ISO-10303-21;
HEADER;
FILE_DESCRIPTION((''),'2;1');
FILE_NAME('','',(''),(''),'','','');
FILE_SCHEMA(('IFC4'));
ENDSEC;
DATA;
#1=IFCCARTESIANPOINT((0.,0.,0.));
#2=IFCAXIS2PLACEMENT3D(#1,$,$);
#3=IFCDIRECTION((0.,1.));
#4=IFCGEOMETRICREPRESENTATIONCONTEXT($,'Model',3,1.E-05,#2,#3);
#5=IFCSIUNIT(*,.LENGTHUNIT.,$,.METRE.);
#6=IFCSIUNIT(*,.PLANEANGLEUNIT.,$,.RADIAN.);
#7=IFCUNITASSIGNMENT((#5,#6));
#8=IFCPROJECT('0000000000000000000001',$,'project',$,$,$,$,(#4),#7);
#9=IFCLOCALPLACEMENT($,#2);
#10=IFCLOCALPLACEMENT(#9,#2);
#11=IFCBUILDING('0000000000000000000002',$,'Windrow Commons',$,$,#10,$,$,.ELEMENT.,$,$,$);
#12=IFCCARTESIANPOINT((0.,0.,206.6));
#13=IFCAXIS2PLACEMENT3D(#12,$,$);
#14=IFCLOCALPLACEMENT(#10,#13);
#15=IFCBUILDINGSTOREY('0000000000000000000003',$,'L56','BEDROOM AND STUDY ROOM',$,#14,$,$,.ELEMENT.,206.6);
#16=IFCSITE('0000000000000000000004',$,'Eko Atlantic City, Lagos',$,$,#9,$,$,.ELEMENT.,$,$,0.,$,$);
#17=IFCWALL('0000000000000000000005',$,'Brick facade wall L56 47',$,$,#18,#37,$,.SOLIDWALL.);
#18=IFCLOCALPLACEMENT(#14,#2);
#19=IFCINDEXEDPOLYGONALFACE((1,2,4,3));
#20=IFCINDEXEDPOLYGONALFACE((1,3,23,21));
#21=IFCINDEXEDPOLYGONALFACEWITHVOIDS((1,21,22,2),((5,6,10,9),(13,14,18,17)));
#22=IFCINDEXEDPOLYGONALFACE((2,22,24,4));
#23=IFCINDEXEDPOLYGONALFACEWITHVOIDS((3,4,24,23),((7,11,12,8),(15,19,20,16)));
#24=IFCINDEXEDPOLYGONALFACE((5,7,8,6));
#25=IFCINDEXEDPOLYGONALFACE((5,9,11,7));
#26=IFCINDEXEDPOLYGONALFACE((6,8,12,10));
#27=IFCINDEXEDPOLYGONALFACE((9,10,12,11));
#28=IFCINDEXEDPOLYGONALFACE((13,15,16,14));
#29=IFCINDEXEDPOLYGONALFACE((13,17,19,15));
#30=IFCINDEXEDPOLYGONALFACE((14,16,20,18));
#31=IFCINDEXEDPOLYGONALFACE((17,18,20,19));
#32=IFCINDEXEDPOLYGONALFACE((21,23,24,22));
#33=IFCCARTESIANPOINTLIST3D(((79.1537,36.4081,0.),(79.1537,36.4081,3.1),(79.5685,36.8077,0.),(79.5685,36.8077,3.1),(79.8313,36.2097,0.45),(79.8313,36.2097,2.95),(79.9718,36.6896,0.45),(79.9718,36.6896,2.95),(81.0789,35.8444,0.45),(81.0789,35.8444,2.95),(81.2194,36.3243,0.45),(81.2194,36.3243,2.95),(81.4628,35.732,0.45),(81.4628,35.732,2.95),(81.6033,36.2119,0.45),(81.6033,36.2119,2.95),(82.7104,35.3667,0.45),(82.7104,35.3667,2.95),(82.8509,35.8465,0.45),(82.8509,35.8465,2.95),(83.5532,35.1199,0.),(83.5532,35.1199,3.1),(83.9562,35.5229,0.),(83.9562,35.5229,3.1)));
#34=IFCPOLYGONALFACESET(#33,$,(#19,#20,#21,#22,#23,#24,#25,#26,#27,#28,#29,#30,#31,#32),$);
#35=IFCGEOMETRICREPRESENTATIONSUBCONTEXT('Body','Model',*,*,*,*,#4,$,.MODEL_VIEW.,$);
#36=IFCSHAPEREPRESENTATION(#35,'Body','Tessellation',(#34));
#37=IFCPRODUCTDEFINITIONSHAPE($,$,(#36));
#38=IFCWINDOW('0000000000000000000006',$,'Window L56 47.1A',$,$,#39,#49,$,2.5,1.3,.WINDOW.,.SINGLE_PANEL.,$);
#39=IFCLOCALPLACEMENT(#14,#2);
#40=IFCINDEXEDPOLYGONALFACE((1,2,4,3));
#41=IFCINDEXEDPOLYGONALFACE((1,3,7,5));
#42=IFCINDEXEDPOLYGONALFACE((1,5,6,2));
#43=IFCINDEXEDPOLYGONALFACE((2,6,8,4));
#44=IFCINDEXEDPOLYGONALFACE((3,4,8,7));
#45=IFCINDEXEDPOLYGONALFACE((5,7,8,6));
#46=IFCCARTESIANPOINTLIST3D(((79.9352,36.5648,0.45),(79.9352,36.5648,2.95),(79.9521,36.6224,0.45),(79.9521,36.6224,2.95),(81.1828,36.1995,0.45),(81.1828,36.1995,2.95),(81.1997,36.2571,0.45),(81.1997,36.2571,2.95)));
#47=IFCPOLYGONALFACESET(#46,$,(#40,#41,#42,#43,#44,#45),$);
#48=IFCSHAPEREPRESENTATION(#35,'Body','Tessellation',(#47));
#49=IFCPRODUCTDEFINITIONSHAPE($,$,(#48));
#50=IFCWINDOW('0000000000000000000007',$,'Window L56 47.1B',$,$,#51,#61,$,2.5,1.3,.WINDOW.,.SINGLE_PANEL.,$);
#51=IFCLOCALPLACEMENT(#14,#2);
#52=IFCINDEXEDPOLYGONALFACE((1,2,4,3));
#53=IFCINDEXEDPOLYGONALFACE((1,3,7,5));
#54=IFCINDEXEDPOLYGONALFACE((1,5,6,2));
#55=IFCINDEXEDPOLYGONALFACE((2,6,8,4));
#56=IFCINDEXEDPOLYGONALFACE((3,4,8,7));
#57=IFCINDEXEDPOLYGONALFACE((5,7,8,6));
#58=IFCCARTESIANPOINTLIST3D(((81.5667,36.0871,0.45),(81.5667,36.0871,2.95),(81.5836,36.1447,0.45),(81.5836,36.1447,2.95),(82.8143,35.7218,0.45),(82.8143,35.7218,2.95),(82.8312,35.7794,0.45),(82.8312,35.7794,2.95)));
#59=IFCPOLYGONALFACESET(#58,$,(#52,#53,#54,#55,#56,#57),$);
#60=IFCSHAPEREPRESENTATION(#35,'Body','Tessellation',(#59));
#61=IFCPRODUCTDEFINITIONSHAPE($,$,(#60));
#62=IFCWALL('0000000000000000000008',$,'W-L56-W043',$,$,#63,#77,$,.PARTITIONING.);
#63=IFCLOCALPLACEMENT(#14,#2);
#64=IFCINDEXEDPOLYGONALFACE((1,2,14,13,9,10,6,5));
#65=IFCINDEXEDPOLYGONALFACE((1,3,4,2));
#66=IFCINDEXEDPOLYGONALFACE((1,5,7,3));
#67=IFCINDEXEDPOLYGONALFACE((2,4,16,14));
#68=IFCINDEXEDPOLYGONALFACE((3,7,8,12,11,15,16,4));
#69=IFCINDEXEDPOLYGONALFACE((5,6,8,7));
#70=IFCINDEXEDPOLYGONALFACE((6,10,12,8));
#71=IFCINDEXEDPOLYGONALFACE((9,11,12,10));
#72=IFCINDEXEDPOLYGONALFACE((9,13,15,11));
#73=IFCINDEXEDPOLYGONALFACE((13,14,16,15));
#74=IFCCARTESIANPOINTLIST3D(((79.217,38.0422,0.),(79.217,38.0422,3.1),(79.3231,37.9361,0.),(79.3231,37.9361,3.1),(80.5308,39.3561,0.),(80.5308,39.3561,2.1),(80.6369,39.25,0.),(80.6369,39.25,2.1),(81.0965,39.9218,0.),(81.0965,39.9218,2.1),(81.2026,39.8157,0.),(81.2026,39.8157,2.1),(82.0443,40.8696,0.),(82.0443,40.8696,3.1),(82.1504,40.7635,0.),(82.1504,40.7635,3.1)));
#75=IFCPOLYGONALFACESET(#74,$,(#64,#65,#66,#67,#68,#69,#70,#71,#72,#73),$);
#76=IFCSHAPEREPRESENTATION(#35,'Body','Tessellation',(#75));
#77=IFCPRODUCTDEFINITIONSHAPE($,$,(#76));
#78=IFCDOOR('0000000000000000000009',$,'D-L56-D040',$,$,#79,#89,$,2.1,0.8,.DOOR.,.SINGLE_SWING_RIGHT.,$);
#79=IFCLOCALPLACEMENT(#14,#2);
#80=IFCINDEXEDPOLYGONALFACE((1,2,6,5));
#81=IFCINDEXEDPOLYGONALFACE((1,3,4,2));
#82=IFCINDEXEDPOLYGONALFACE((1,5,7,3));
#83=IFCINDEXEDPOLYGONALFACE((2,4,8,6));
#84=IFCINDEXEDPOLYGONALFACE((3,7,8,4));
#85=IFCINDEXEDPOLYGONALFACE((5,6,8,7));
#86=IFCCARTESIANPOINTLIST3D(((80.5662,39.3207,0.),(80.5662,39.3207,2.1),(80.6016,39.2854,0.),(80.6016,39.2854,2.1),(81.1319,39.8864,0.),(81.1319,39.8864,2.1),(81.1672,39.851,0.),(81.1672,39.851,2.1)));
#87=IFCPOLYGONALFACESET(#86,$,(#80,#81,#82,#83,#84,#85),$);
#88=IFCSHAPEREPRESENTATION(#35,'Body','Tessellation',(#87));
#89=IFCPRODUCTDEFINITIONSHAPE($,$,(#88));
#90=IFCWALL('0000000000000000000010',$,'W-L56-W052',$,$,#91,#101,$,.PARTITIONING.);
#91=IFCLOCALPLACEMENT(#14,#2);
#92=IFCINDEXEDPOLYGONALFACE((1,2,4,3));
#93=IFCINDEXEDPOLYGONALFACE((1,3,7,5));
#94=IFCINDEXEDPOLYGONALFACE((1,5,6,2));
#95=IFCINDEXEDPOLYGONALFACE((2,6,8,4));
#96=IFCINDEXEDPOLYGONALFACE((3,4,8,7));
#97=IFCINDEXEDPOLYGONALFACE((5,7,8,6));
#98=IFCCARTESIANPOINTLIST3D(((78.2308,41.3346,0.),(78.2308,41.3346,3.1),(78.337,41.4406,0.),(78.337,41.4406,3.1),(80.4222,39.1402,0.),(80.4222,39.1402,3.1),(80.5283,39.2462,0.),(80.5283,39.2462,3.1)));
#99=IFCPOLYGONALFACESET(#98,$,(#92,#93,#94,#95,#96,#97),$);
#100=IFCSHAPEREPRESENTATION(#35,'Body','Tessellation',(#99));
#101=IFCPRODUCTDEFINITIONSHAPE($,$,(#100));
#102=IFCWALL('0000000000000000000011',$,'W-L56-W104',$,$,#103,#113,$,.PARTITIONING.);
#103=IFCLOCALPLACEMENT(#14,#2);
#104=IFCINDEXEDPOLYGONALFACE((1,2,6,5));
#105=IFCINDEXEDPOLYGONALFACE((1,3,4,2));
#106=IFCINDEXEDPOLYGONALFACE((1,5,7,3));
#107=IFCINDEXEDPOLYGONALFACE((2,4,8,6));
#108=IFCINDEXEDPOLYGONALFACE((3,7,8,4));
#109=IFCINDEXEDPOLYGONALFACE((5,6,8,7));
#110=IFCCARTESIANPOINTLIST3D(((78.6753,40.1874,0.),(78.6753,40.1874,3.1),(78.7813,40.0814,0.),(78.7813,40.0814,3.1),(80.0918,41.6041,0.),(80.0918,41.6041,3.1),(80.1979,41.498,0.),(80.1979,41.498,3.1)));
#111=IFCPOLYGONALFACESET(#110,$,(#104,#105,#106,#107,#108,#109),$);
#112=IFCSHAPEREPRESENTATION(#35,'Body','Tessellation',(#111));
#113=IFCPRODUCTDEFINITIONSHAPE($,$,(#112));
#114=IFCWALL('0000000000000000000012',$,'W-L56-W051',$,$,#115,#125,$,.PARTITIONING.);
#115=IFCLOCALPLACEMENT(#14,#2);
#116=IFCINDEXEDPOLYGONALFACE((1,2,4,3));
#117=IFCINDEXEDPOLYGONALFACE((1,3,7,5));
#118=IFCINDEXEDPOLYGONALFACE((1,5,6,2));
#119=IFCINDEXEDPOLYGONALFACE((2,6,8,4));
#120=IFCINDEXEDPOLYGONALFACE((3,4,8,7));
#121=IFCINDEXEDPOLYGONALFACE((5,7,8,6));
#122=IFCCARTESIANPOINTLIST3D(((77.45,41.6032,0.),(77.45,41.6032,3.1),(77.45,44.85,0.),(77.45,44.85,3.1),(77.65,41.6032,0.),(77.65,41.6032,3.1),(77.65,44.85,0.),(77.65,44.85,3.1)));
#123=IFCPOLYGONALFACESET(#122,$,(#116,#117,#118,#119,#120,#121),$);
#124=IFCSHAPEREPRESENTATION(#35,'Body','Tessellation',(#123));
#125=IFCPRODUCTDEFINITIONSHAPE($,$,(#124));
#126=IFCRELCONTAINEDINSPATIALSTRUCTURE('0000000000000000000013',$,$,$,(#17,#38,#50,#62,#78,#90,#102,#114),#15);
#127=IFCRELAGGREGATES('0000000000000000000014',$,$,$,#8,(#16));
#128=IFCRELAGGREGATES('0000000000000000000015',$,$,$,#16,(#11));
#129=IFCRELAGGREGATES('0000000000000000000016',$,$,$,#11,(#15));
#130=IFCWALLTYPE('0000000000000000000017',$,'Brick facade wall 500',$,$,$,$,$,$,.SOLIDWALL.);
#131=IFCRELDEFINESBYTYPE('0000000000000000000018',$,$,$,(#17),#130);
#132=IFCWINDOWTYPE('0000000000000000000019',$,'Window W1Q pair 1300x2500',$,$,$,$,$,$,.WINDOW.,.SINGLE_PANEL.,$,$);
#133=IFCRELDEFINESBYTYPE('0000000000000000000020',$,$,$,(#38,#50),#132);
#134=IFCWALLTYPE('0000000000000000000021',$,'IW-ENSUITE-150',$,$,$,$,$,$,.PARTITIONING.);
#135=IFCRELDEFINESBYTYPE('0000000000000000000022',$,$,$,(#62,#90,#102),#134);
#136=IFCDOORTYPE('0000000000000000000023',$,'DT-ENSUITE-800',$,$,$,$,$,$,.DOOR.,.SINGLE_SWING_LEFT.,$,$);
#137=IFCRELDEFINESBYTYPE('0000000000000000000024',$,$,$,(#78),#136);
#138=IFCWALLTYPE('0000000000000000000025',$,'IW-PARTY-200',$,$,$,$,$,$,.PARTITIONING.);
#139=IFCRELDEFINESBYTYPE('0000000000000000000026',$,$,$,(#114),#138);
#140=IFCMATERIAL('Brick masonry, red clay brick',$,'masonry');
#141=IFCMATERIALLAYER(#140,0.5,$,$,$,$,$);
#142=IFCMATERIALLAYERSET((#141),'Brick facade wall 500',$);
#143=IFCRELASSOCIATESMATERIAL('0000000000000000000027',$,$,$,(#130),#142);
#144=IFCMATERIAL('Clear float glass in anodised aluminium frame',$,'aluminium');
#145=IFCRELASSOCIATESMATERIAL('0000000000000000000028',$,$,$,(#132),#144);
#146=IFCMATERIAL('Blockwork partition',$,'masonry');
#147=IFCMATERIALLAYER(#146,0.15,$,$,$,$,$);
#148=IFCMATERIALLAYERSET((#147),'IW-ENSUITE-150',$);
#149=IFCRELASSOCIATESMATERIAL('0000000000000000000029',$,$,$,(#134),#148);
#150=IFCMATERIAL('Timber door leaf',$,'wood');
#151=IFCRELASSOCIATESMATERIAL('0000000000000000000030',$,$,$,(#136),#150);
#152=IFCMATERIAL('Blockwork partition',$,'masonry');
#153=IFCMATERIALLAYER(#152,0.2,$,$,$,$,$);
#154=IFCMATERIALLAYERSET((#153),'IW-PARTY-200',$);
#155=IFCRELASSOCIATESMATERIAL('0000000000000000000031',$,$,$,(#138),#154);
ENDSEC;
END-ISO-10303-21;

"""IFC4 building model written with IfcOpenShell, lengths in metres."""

from ifc_helpers import new_model, si_unit, direction, frame, frame_2d, origin, place, context, subcontext, project, spatial, polyline, rectangle, outline, extrude, material, layer, layer_set, type_object, element, fill, save


model = new_model("IFC4")

# Units and contexts
model_context = context("Model", 3, precision=1e-05, world=origin(), true_north=direction((0.0, 1.0)))
body_context = subcontext(model_context, "Body", "Model", "MODEL_VIEW")
ifc_project = project(units=[si_unit("LENGTHUNIT", "METRE"), si_unit("PLANEANGLEUNIT", "RADIAN")], contexts=[model_context])

# Site, building, storey
site_placement = place(None, origin())
site = spatial("IfcSite", under=ifc_project, at=site_placement, Name="Eko Atlantic City, Lagos", CompositionType="ELEMENT", RefElevation=0.0)
building_placement = place(site_placement, origin())
building = spatial("IfcBuilding", under=site, at=building_placement, Name="Windrow Commons", CompositionType="ELEMENT")
storey_placement = place(building_placement, frame((0.0, 0.0, 206.6)))
storey = spatial("IfcBuildingStorey", under=building, at=storey_placement, Name="L56", Description="BEDROOM AND STUDY ROOM", CompositionType="ELEMENT", Elevation=206.6)

# Shared definitions
ifc_material_1 = material(Name="Brick masonry, red clay brick", Category="masonry")
ifc_layer_1 = layer(ifc_material_1, 0.5)
ifc_layer_set_1 = layer_set([ifc_layer_1], Name="Brick facade wall 500")
wall_type_1 = type_object("IfcWallType", Name="Brick facade wall 500", PredefinedType="SOLIDWALL", material=ifc_layer_set_1)

# Wall, openings, windows
wall_1_placement = place(storey_placement, frame((79.3611, 36.6079, 0.0), z_axis=(0.0, 0.0, 1.0), x_axis=(0.959704, -0.281013, 0.0)))
wall_1 = element("IfcWall", 1, at=wall_1_placement, inside=storey, type_object=wall_type_1, Name="Brick facade wall L56 47", PredefinedType="SOLIDWALL", context=body_context, shape_type="SweptSolid", body=[
    extrude(outline(polyline([(-0.1429, -0.25), (4.4413, -0.25), (4.7148, 0.25), (0.1429, 0.25), (-0.1429, -0.25)])), origin(), (0.0, 0.0, 1.0), 3.1),
])
opening_1_placement = place(wall_1_placement, frame((0.5631, 0.0, 0.45)))
opening_1 = element("IfcOpeningElement", 2, at=opening_1_placement, cuts=wall_1, PredefinedType="OPENING", context=body_context, shape_type="SweptSolid", body=[
    extrude(rectangle(XDim=1.3, YDim=2.5, at=frame_2d((0.65, 1.25))), frame((0.0, 0.26, 0.0), z_axis=(0.0, -1.0, 0.0), x_axis=(1.0, 0.0, 0.0)), (0.0, 0.0, 1.0), 0.52),
])
opening_2_placement = place(wall_1_placement, frame((2.2631, 0.0, 0.45)))
opening_2 = element("IfcOpeningElement", 3, at=opening_2_placement, cuts=wall_1, PredefinedType="OPENING", context=body_context, shape_type="SweptSolid", body=[
    extrude(rectangle(XDim=1.3, YDim=2.5, at=frame_2d((0.65, 1.25))), frame((0.0, 0.26, 0.0), z_axis=(0.0, -1.0, 0.0), x_axis=(1.0, 0.0, 0.0)), (0.0, 0.0, 1.0), 0.52),
])
ifc_material_2 = material(Name="Clear float glass in anodised aluminium frame", Category="aluminium")
window_type_1 = type_object("IfcWindowType", Name="Window W1Q pair 1300x2500", PartitioningType="SINGLE_PANEL", PredefinedType="WINDOW", material=ifc_material_2)
window_1_placement = place(opening_1_placement, origin())
window_1 = element("IfcWindow", 4, at=window_1_placement, inside=storey, type_object=window_type_1, Name="Window L56 47.1A", OverallHeight=2.5, OverallWidth=1.3, PartitioningType="SINGLE_PANEL", PredefinedType="WINDOW", context=body_context, shape_type="SweptSolid", body=[
    extrude(rectangle(XDim=1.3, YDim=2.5, at=frame_2d((0.65, 1.25))), frame((0.0, 0.18, 0.0), z_axis=(0.0, -1.0, 0.0), x_axis=(1.0, 0.0, 0.0)), (0.0, 0.0, 1.0), 0.06),
])
fill(opening_1, window_1)
window_2_placement = place(opening_2_placement, origin())
window_2 = element("IfcWindow", 5, at=window_2_placement, inside=storey, type_object=window_type_1, Name="Window L56 47.1B", OverallHeight=2.5, OverallWidth=1.3, PartitioningType="SINGLE_PANEL", PredefinedType="WINDOW", context=body_context, shape_type="SweptSolid", body=[
    extrude(rectangle(XDim=1.3, YDim=2.5, at=frame_2d((0.65, 1.25))), frame((0.0, 0.18, 0.0), z_axis=(0.0, -1.0, 0.0), x_axis=(1.0, 0.0, 0.0)), (0.0, 0.0, 1.0), 0.06),
])
fill(opening_2, window_2)

# Wall, opening, door
ifc_material_3 = material(Name="Blockwork partition", Category="masonry")
ifc_layer_2 = layer(ifc_material_3, 0.15)
ifc_layer_set_2 = layer_set([ifc_layer_2], Name="IW-ENSUITE-150")
wall_type_2 = type_object("IfcWallType", Name="IW-ENSUITE-150", PredefinedType="PARTITIONING", material=ifc_layer_set_2)
wall_2_placement = place(storey_placement, frame((79.2701, 37.9892, 0.0), z_axis=(0.0, 0.0, 1.0), x_axis=(0.707094, 0.707119, 0.0)))
wall_2 = element("IfcWall", 6, at=wall_2_placement, inside=storey, type_object=wall_type_2, Name="W-L56-W043", PredefinedType="PARTITIONING", context=body_context, shape_type="SweptSolid", body=[
    extrude(rectangle(XDim=3.9985, YDim=0.15, at=frame_2d((1.9992, 0.0))), origin(), (0.0, 0.0, 1.0), 3.1),
])
opening_3_placement = place(wall_2_placement, frame((1.858, 0.0, 0.0)))
opening_3 = element("IfcOpeningElement", 7, at=opening_3_placement, cuts=wall_2, PredefinedType="OPENING", context=body_context, shape_type="SweptSolid", body=[
    extrude(rectangle(XDim=0.8, YDim=2.1, at=frame_2d((0.4, 1.05))), frame((0.0, 0.085, 0.0), z_axis=(0.0, -1.0, 0.0), x_axis=(1.0, 0.0, 0.0)), (0.0, 0.0, 1.0), 0.17),
])
ifc_material_4 = material(Name="Timber door leaf", Category="wood")
door_type = type_object("IfcDoorType", Name="DT-ENSUITE-800", OperationType="SINGLE_SWING_LEFT", PredefinedType="DOOR", material=ifc_material_4)
door_placement = place(opening_3_placement, origin())
door = element("IfcDoor", 8, at=door_placement, inside=storey, type_object=door_type, Name="D-L56-D040", OperationType="SINGLE_SWING_RIGHT", OverallHeight=2.1, OverallWidth=0.8, PredefinedType="DOOR", context=body_context, shape_type="SweptSolid", body=[
    extrude(rectangle(XDim=0.8, YDim=2.1, at=frame_2d((0.4, 1.05))), frame((0.0, 0.025, 0.0), z_axis=(0.0, -1.0, 0.0), x_axis=(1.0, 0.0, 0.0)), (0.0, 0.0, 1.0), 0.05),
])
fill(opening_3, door)

# Walls
wall_3_placement = place(storey_placement, frame((78.2839, 41.3876, 0.0), z_axis=(0.0, 0.0, 1.0), x_axis=(0.706607, -0.707606, 0.0)))
element("IfcWall", 9, at=wall_3_placement, inside=storey, type_object=wall_type_2, Name="W-L56-W052", PredefinedType="PARTITIONING", context=body_context, shape_type="SweptSolid", body=[
    extrude(rectangle(XDim=3.1012, YDim=0.15, at=frame_2d((1.5506, 0.0))), origin(), (0.0, 0.0, 1.0), 3.1),
])
wall_4_placement = place(storey_placement, frame((78.7283, 40.1344, 0.0), z_axis=(0.0, 0.0, 1.0), x_axis=(0.707082, 0.707132, 0.0)))
element("IfcWall", 10, at=wall_4_placement, inside=storey, type_object=wall_type_2, Name="W-L56-W104", PredefinedType="PARTITIONING", context=body_context, shape_type="SweptSolid", body=[
    extrude(rectangle(XDim=2.0034, YDim=0.15, at=frame_2d((1.0017, 0.0))), origin(), (0.0, 0.0, 1.0), 3.1),
])
ifc_material_5 = material(Name="Blockwork partition", Category="masonry")
ifc_layer_3 = layer(ifc_material_5, 0.2)
ifc_layer_set_3 = layer_set([ifc_layer_3], Name="IW-PARTY-200")
wall_type_3 = type_object("IfcWallType", Name="IW-PARTY-200", PredefinedType="PARTITIONING", material=ifc_layer_set_3)
wall_5_placement = place(storey_placement, frame((77.55, 41.6032, 0.0), z_axis=(0.0, 0.0, 1.0), x_axis=(0.0, 1.0, 0.0)))
element("IfcWall", 11, at=wall_5_placement, inside=storey, type_object=wall_type_3, Name="W-L56-W051", PredefinedType="PARTITIONING", context=body_context, shape_type="SweptSolid", body=[
    extrude(rectangle(XDim=3.2468, YDim=0.2, at=frame_2d((1.6234, 0.0))), origin(), (0.0, 0.0, 1.0), 3.1),
])

save(model, "model.ifc")
